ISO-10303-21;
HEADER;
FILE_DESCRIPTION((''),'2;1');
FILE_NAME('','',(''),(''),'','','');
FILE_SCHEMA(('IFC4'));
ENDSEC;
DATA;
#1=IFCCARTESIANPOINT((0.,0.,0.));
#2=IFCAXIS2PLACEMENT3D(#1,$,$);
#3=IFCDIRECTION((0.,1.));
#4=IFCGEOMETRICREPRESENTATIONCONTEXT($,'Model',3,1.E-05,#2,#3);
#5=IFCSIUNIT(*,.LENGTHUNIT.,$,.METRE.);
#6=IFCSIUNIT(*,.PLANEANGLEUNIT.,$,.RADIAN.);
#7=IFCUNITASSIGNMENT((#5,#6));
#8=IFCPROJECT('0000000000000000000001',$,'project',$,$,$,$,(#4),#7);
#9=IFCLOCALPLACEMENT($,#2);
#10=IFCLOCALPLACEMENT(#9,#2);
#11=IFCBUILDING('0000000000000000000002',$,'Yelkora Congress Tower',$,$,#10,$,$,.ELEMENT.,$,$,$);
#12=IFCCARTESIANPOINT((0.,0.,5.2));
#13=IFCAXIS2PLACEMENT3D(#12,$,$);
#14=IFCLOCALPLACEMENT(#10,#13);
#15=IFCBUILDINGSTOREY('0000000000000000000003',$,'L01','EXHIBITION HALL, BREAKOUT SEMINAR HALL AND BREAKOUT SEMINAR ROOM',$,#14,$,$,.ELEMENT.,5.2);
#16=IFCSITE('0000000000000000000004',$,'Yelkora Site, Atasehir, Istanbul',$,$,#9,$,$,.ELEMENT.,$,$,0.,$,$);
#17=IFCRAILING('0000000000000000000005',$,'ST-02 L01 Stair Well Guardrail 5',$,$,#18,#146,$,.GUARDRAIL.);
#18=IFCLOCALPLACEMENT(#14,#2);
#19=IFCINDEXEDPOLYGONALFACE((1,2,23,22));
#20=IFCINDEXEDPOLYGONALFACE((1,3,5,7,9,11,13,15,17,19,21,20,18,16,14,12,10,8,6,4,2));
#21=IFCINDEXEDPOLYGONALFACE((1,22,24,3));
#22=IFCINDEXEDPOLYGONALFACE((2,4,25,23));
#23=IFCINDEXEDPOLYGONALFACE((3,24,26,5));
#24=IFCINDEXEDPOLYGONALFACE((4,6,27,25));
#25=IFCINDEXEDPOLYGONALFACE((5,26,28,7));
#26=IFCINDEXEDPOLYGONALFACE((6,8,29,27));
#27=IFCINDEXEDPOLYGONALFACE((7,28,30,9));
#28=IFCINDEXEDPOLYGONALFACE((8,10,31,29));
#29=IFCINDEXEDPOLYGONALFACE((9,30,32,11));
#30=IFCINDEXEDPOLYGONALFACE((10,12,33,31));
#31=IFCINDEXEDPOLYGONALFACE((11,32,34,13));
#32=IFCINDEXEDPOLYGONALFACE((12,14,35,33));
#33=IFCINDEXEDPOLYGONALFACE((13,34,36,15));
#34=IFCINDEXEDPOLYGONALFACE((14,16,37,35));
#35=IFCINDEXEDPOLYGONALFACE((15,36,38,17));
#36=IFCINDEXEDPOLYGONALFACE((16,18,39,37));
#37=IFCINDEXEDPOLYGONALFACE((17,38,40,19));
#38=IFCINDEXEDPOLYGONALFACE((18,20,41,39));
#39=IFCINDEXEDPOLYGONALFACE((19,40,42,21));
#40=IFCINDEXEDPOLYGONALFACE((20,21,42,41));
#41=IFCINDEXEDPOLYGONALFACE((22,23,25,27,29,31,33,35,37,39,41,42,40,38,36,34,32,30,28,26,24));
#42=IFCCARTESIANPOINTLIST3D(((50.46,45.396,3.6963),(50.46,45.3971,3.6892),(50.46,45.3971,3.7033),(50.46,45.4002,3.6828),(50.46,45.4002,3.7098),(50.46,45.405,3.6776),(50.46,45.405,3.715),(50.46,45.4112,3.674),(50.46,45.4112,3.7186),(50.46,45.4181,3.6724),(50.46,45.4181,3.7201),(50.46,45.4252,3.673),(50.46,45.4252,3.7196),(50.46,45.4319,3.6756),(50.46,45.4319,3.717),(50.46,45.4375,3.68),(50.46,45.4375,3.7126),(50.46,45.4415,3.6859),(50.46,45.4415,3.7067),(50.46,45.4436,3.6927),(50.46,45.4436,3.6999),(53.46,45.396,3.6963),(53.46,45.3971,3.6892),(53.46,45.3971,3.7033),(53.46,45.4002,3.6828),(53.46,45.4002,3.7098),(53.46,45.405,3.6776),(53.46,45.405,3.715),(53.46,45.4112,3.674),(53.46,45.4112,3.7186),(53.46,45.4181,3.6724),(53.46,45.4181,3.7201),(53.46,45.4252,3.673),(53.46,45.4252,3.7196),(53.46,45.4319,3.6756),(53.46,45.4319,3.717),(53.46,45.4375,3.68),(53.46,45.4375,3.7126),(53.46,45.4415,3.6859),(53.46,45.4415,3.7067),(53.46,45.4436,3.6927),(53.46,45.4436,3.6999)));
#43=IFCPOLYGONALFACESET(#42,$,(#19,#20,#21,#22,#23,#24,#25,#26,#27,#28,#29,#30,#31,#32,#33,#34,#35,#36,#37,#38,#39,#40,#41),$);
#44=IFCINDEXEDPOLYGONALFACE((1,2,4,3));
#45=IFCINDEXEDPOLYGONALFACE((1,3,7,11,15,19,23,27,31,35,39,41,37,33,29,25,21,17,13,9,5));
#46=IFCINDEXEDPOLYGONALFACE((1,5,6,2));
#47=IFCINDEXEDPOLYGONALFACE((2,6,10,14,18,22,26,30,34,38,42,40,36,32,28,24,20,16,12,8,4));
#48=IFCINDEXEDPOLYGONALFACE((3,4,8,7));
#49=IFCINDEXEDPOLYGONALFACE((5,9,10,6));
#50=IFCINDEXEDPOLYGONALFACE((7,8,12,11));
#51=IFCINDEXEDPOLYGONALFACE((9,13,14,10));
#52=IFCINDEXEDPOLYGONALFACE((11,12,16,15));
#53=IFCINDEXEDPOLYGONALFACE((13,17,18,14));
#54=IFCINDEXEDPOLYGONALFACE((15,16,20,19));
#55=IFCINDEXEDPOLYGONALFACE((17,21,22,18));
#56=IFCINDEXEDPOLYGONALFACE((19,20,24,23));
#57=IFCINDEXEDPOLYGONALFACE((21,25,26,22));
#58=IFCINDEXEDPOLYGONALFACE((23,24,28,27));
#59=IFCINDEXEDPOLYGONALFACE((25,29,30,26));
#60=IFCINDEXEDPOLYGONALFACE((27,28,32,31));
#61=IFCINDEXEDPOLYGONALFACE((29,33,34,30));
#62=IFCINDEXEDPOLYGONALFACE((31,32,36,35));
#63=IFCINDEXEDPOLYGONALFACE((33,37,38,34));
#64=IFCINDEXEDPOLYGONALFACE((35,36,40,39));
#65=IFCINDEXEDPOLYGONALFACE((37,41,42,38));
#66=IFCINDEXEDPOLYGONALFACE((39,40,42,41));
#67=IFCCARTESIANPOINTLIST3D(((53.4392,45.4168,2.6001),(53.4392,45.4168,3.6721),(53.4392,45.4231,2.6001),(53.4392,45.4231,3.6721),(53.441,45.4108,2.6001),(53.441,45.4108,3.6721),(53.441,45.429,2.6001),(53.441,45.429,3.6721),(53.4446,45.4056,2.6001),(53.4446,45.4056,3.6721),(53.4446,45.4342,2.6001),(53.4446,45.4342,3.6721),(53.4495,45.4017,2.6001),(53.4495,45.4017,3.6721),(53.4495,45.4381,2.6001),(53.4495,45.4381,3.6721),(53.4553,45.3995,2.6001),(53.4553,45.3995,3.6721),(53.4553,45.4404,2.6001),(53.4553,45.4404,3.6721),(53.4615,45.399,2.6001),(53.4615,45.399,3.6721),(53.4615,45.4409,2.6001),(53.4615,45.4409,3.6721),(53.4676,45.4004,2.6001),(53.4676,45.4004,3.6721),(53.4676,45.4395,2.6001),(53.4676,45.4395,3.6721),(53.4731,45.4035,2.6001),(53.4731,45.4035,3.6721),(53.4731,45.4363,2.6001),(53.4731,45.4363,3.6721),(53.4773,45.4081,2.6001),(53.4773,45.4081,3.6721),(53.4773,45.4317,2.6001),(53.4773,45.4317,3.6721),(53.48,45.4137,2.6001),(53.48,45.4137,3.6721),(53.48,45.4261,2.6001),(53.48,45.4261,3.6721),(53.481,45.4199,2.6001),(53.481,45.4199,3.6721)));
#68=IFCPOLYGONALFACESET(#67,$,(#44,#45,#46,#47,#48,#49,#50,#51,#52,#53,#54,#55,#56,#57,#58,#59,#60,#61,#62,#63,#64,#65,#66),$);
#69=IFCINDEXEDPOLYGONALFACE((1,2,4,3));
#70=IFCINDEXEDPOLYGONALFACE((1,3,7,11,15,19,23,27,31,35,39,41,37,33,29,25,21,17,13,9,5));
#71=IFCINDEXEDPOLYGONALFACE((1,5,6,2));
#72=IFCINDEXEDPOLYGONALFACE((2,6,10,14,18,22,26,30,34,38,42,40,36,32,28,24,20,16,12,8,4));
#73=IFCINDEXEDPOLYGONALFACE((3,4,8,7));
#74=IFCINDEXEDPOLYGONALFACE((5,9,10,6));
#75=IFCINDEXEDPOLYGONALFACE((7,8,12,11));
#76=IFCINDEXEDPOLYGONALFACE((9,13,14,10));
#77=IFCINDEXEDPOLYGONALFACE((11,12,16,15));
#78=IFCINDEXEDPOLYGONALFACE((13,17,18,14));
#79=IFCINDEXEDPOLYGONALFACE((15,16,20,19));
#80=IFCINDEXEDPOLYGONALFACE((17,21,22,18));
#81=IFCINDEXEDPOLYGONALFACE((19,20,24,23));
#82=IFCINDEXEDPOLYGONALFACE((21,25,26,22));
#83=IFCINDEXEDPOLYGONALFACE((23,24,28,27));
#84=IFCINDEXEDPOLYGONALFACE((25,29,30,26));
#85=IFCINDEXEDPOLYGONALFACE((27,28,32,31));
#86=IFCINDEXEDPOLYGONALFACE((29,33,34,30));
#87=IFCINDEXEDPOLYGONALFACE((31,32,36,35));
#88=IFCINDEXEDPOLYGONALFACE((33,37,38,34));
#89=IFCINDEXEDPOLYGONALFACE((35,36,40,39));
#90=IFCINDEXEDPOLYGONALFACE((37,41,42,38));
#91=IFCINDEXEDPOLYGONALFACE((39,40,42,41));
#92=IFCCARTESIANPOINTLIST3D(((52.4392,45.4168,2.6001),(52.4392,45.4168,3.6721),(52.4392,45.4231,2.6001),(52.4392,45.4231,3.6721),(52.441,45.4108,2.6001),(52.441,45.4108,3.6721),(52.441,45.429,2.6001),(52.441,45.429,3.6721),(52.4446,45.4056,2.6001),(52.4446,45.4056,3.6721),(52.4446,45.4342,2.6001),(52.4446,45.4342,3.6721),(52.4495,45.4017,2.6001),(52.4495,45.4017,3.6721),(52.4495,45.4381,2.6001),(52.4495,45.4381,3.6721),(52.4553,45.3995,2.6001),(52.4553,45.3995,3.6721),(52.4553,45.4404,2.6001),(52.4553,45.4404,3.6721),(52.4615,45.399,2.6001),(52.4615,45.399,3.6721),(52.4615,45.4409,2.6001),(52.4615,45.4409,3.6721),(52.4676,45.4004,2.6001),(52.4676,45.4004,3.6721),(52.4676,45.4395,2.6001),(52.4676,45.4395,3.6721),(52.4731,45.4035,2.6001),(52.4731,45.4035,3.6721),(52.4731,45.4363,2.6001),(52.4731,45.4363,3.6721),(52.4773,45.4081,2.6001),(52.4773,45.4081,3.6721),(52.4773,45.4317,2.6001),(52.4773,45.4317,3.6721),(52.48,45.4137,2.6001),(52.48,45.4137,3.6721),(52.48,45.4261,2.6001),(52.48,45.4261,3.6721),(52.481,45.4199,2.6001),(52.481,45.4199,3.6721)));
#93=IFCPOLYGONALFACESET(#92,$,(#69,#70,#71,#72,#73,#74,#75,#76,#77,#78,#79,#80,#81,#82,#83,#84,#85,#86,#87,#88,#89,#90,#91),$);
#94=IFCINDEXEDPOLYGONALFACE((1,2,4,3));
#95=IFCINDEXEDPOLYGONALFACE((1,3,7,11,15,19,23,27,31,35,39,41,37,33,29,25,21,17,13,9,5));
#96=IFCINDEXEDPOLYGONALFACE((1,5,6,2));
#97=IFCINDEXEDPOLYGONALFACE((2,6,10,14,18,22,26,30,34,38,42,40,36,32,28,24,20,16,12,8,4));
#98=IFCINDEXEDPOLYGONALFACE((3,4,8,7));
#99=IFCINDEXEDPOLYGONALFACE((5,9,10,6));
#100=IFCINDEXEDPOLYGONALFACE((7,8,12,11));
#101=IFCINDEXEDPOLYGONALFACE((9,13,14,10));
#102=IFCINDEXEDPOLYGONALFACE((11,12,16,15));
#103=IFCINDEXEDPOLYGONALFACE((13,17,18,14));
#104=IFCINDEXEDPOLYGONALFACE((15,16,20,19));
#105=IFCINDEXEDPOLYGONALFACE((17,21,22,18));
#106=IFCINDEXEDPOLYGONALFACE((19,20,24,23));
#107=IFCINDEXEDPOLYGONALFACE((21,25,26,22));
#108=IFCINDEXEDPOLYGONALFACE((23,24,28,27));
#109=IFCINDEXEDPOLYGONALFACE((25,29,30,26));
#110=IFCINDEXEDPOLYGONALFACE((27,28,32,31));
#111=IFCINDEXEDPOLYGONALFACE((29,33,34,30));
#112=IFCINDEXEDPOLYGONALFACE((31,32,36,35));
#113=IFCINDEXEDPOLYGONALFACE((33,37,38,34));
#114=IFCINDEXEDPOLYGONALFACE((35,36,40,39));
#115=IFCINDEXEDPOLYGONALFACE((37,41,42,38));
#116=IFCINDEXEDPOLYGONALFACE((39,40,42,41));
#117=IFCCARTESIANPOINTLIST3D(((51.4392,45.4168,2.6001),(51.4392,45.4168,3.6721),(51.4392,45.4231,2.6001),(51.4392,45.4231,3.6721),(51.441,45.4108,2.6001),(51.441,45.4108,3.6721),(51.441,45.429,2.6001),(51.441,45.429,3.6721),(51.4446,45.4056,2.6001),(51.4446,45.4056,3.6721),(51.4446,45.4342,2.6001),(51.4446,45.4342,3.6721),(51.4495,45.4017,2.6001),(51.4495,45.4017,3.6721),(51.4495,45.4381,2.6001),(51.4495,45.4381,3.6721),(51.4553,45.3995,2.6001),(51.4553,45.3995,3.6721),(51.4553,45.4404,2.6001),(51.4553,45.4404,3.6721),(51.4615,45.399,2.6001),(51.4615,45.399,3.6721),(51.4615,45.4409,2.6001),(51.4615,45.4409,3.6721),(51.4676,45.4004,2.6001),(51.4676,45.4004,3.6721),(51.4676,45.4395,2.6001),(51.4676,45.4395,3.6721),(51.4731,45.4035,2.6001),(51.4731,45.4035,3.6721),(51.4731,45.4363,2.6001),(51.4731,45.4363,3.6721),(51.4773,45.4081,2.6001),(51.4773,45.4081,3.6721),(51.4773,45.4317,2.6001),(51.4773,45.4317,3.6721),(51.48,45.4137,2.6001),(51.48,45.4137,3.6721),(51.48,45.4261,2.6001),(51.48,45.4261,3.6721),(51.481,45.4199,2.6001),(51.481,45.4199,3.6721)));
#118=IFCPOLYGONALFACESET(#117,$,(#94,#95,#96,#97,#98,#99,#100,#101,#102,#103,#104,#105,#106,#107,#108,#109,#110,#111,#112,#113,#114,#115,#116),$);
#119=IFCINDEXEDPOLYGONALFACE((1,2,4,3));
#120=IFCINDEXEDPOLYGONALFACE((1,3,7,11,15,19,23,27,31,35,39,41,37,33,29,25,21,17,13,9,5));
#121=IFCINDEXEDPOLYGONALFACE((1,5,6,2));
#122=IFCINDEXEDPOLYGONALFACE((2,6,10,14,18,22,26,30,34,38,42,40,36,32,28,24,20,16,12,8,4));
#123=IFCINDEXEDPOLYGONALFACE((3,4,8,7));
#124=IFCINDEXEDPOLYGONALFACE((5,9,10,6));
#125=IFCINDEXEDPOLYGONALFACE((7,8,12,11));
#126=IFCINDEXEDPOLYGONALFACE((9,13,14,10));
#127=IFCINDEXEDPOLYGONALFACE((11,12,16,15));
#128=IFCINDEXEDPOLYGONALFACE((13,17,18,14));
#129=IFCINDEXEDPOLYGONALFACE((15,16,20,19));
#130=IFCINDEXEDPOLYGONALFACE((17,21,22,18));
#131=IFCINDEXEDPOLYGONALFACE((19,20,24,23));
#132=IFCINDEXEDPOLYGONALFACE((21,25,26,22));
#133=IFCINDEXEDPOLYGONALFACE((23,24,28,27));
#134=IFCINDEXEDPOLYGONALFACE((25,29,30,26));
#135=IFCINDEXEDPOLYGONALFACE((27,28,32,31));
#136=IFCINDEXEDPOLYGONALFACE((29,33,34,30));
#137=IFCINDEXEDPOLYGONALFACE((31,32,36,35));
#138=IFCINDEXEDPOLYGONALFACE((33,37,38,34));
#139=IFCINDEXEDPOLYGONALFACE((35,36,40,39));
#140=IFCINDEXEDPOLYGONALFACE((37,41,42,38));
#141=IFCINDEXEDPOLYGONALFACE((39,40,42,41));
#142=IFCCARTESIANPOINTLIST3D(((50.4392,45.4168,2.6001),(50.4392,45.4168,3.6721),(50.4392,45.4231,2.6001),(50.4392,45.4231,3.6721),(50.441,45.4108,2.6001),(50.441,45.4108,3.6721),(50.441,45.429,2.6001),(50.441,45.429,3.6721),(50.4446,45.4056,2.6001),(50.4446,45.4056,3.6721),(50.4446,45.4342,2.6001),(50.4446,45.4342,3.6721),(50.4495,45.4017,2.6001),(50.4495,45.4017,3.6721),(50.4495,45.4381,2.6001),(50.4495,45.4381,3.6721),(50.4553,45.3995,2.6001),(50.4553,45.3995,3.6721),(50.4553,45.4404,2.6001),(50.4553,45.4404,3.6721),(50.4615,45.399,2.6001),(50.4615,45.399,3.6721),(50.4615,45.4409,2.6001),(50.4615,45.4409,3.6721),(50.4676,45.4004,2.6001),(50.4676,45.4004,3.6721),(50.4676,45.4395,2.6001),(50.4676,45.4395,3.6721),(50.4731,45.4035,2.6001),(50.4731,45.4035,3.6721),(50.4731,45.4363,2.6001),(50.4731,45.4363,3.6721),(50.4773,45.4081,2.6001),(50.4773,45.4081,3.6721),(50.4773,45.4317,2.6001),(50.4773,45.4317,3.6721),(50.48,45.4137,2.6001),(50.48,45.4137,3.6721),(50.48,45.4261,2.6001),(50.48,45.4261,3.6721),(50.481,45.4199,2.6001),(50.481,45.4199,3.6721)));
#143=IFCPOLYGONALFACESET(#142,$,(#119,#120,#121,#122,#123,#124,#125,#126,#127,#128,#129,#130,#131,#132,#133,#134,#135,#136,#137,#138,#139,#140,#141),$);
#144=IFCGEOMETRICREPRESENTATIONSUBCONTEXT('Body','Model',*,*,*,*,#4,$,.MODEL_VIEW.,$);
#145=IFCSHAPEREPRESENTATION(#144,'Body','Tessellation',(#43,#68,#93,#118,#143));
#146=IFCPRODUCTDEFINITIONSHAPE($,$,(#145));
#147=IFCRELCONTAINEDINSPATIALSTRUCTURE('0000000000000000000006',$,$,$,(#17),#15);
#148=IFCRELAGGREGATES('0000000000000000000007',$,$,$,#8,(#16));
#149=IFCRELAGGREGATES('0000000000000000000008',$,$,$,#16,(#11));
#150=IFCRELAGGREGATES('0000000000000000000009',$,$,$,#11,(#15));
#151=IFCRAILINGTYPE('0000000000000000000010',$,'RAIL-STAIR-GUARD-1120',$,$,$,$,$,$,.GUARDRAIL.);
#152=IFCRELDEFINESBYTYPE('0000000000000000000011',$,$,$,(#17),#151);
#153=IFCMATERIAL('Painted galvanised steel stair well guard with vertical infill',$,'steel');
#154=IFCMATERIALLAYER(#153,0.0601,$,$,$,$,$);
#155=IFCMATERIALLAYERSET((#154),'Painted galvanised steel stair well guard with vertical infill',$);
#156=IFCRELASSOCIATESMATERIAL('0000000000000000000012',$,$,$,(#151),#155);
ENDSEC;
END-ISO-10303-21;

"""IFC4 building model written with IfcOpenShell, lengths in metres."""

from ifc_helpers import new_model, si_unit, direction, frame, origin, origin_2d, place, context, subcontext, project, spatial, circle, extrude, material, layer, layer_set, type_object, element, save


model = new_model("IFC4")

# Units and contexts
model_context = context("Model", 3, precision=1e-05, world=origin(), true_north=direction((0.0, 1.0)))
body_context = subcontext(model_context, "Body", "Model", "MODEL_VIEW")
ifc_project = project(units=[si_unit("LENGTHUNIT", "METRE"), si_unit("PLANEANGLEUNIT", "RADIAN")], contexts=[model_context])

# Site, building, storey
site_placement = place(None, origin())
site = spatial("IfcSite", under=ifc_project, at=site_placement, Name="Yelkora Site, Atasehir, Istanbul", CompositionType="ELEMENT", RefElevation=0.0)
building_placement = place(site_placement, origin())
building = spatial("IfcBuilding", under=site, at=building_placement, Name="Yelkora Congress Tower", CompositionType="ELEMENT")
storey_placement = place(building_placement, frame((0.0, 0.0, 5.2)))
storey = spatial("IfcBuildingStorey", under=building, at=storey_placement, Name="L01", Description="EXHIBITION HALL, BREAKOUT SEMINAR HALL AND BREAKOUT SEMINAR ROOM", CompositionType="ELEMENT", Elevation=5.2)

# Railing
ifc_material_1 = material(Name="Painted galvanised steel stair well guard with vertical infill", Category="steel")
ifc_layer_1 = layer(ifc_material_1, 0.0601)
ifc_layer_set_1 = layer_set([ifc_layer_1], Name="Painted galvanised steel stair well guard with vertical infill")
railing_type_1 = type_object("IfcRailingType", Name="RAIL-STAIR-GUARD-1120", PredefinedType="GUARDRAIL", material=ifc_layer_set_1)
railing_1_placement = place(storey_placement, frame((53.46, 45.4199, 2.6001)))
element("IfcRailing", 1, at=railing_1_placement, inside=storey, type_object=railing_type_1, Name="ST-02 L01 Stair Well Guardrail 5", PredefinedType="GUARDRAIL", context=body_context, shape_type="SweptSolid", body=[
    extrude(circle(Radius=0.0239, at=origin_2d()), frame((0.0, 0.0, 1.0962), z_axis=(-1.0, 0.0, 0.0), x_axis=(0.0, -1.0, 0.0)), (0.0, 0.0, 1.0), 3.0),
    extrude(circle(Radius=0.021, at=origin_2d()), origin(), (0.0, 0.0, 1.0), 1.072),
    extrude(circle(Radius=0.021, at=origin_2d()), frame((-1.0, 0.0, 0.0)), (0.0, 0.0, 1.0), 1.072),
    extrude(circle(Radius=0.021, at=origin_2d()), frame((-2.0, 0.0, 0.0)), (0.0, 0.0, 1.0), 1.072),
    extrude(circle(Radius=0.021, at=origin_2d()), frame((-3.0, 0.0, 0.0)), (0.0, 0.0, 1.0), 1.072),
])

save(model, "model.ifc")
